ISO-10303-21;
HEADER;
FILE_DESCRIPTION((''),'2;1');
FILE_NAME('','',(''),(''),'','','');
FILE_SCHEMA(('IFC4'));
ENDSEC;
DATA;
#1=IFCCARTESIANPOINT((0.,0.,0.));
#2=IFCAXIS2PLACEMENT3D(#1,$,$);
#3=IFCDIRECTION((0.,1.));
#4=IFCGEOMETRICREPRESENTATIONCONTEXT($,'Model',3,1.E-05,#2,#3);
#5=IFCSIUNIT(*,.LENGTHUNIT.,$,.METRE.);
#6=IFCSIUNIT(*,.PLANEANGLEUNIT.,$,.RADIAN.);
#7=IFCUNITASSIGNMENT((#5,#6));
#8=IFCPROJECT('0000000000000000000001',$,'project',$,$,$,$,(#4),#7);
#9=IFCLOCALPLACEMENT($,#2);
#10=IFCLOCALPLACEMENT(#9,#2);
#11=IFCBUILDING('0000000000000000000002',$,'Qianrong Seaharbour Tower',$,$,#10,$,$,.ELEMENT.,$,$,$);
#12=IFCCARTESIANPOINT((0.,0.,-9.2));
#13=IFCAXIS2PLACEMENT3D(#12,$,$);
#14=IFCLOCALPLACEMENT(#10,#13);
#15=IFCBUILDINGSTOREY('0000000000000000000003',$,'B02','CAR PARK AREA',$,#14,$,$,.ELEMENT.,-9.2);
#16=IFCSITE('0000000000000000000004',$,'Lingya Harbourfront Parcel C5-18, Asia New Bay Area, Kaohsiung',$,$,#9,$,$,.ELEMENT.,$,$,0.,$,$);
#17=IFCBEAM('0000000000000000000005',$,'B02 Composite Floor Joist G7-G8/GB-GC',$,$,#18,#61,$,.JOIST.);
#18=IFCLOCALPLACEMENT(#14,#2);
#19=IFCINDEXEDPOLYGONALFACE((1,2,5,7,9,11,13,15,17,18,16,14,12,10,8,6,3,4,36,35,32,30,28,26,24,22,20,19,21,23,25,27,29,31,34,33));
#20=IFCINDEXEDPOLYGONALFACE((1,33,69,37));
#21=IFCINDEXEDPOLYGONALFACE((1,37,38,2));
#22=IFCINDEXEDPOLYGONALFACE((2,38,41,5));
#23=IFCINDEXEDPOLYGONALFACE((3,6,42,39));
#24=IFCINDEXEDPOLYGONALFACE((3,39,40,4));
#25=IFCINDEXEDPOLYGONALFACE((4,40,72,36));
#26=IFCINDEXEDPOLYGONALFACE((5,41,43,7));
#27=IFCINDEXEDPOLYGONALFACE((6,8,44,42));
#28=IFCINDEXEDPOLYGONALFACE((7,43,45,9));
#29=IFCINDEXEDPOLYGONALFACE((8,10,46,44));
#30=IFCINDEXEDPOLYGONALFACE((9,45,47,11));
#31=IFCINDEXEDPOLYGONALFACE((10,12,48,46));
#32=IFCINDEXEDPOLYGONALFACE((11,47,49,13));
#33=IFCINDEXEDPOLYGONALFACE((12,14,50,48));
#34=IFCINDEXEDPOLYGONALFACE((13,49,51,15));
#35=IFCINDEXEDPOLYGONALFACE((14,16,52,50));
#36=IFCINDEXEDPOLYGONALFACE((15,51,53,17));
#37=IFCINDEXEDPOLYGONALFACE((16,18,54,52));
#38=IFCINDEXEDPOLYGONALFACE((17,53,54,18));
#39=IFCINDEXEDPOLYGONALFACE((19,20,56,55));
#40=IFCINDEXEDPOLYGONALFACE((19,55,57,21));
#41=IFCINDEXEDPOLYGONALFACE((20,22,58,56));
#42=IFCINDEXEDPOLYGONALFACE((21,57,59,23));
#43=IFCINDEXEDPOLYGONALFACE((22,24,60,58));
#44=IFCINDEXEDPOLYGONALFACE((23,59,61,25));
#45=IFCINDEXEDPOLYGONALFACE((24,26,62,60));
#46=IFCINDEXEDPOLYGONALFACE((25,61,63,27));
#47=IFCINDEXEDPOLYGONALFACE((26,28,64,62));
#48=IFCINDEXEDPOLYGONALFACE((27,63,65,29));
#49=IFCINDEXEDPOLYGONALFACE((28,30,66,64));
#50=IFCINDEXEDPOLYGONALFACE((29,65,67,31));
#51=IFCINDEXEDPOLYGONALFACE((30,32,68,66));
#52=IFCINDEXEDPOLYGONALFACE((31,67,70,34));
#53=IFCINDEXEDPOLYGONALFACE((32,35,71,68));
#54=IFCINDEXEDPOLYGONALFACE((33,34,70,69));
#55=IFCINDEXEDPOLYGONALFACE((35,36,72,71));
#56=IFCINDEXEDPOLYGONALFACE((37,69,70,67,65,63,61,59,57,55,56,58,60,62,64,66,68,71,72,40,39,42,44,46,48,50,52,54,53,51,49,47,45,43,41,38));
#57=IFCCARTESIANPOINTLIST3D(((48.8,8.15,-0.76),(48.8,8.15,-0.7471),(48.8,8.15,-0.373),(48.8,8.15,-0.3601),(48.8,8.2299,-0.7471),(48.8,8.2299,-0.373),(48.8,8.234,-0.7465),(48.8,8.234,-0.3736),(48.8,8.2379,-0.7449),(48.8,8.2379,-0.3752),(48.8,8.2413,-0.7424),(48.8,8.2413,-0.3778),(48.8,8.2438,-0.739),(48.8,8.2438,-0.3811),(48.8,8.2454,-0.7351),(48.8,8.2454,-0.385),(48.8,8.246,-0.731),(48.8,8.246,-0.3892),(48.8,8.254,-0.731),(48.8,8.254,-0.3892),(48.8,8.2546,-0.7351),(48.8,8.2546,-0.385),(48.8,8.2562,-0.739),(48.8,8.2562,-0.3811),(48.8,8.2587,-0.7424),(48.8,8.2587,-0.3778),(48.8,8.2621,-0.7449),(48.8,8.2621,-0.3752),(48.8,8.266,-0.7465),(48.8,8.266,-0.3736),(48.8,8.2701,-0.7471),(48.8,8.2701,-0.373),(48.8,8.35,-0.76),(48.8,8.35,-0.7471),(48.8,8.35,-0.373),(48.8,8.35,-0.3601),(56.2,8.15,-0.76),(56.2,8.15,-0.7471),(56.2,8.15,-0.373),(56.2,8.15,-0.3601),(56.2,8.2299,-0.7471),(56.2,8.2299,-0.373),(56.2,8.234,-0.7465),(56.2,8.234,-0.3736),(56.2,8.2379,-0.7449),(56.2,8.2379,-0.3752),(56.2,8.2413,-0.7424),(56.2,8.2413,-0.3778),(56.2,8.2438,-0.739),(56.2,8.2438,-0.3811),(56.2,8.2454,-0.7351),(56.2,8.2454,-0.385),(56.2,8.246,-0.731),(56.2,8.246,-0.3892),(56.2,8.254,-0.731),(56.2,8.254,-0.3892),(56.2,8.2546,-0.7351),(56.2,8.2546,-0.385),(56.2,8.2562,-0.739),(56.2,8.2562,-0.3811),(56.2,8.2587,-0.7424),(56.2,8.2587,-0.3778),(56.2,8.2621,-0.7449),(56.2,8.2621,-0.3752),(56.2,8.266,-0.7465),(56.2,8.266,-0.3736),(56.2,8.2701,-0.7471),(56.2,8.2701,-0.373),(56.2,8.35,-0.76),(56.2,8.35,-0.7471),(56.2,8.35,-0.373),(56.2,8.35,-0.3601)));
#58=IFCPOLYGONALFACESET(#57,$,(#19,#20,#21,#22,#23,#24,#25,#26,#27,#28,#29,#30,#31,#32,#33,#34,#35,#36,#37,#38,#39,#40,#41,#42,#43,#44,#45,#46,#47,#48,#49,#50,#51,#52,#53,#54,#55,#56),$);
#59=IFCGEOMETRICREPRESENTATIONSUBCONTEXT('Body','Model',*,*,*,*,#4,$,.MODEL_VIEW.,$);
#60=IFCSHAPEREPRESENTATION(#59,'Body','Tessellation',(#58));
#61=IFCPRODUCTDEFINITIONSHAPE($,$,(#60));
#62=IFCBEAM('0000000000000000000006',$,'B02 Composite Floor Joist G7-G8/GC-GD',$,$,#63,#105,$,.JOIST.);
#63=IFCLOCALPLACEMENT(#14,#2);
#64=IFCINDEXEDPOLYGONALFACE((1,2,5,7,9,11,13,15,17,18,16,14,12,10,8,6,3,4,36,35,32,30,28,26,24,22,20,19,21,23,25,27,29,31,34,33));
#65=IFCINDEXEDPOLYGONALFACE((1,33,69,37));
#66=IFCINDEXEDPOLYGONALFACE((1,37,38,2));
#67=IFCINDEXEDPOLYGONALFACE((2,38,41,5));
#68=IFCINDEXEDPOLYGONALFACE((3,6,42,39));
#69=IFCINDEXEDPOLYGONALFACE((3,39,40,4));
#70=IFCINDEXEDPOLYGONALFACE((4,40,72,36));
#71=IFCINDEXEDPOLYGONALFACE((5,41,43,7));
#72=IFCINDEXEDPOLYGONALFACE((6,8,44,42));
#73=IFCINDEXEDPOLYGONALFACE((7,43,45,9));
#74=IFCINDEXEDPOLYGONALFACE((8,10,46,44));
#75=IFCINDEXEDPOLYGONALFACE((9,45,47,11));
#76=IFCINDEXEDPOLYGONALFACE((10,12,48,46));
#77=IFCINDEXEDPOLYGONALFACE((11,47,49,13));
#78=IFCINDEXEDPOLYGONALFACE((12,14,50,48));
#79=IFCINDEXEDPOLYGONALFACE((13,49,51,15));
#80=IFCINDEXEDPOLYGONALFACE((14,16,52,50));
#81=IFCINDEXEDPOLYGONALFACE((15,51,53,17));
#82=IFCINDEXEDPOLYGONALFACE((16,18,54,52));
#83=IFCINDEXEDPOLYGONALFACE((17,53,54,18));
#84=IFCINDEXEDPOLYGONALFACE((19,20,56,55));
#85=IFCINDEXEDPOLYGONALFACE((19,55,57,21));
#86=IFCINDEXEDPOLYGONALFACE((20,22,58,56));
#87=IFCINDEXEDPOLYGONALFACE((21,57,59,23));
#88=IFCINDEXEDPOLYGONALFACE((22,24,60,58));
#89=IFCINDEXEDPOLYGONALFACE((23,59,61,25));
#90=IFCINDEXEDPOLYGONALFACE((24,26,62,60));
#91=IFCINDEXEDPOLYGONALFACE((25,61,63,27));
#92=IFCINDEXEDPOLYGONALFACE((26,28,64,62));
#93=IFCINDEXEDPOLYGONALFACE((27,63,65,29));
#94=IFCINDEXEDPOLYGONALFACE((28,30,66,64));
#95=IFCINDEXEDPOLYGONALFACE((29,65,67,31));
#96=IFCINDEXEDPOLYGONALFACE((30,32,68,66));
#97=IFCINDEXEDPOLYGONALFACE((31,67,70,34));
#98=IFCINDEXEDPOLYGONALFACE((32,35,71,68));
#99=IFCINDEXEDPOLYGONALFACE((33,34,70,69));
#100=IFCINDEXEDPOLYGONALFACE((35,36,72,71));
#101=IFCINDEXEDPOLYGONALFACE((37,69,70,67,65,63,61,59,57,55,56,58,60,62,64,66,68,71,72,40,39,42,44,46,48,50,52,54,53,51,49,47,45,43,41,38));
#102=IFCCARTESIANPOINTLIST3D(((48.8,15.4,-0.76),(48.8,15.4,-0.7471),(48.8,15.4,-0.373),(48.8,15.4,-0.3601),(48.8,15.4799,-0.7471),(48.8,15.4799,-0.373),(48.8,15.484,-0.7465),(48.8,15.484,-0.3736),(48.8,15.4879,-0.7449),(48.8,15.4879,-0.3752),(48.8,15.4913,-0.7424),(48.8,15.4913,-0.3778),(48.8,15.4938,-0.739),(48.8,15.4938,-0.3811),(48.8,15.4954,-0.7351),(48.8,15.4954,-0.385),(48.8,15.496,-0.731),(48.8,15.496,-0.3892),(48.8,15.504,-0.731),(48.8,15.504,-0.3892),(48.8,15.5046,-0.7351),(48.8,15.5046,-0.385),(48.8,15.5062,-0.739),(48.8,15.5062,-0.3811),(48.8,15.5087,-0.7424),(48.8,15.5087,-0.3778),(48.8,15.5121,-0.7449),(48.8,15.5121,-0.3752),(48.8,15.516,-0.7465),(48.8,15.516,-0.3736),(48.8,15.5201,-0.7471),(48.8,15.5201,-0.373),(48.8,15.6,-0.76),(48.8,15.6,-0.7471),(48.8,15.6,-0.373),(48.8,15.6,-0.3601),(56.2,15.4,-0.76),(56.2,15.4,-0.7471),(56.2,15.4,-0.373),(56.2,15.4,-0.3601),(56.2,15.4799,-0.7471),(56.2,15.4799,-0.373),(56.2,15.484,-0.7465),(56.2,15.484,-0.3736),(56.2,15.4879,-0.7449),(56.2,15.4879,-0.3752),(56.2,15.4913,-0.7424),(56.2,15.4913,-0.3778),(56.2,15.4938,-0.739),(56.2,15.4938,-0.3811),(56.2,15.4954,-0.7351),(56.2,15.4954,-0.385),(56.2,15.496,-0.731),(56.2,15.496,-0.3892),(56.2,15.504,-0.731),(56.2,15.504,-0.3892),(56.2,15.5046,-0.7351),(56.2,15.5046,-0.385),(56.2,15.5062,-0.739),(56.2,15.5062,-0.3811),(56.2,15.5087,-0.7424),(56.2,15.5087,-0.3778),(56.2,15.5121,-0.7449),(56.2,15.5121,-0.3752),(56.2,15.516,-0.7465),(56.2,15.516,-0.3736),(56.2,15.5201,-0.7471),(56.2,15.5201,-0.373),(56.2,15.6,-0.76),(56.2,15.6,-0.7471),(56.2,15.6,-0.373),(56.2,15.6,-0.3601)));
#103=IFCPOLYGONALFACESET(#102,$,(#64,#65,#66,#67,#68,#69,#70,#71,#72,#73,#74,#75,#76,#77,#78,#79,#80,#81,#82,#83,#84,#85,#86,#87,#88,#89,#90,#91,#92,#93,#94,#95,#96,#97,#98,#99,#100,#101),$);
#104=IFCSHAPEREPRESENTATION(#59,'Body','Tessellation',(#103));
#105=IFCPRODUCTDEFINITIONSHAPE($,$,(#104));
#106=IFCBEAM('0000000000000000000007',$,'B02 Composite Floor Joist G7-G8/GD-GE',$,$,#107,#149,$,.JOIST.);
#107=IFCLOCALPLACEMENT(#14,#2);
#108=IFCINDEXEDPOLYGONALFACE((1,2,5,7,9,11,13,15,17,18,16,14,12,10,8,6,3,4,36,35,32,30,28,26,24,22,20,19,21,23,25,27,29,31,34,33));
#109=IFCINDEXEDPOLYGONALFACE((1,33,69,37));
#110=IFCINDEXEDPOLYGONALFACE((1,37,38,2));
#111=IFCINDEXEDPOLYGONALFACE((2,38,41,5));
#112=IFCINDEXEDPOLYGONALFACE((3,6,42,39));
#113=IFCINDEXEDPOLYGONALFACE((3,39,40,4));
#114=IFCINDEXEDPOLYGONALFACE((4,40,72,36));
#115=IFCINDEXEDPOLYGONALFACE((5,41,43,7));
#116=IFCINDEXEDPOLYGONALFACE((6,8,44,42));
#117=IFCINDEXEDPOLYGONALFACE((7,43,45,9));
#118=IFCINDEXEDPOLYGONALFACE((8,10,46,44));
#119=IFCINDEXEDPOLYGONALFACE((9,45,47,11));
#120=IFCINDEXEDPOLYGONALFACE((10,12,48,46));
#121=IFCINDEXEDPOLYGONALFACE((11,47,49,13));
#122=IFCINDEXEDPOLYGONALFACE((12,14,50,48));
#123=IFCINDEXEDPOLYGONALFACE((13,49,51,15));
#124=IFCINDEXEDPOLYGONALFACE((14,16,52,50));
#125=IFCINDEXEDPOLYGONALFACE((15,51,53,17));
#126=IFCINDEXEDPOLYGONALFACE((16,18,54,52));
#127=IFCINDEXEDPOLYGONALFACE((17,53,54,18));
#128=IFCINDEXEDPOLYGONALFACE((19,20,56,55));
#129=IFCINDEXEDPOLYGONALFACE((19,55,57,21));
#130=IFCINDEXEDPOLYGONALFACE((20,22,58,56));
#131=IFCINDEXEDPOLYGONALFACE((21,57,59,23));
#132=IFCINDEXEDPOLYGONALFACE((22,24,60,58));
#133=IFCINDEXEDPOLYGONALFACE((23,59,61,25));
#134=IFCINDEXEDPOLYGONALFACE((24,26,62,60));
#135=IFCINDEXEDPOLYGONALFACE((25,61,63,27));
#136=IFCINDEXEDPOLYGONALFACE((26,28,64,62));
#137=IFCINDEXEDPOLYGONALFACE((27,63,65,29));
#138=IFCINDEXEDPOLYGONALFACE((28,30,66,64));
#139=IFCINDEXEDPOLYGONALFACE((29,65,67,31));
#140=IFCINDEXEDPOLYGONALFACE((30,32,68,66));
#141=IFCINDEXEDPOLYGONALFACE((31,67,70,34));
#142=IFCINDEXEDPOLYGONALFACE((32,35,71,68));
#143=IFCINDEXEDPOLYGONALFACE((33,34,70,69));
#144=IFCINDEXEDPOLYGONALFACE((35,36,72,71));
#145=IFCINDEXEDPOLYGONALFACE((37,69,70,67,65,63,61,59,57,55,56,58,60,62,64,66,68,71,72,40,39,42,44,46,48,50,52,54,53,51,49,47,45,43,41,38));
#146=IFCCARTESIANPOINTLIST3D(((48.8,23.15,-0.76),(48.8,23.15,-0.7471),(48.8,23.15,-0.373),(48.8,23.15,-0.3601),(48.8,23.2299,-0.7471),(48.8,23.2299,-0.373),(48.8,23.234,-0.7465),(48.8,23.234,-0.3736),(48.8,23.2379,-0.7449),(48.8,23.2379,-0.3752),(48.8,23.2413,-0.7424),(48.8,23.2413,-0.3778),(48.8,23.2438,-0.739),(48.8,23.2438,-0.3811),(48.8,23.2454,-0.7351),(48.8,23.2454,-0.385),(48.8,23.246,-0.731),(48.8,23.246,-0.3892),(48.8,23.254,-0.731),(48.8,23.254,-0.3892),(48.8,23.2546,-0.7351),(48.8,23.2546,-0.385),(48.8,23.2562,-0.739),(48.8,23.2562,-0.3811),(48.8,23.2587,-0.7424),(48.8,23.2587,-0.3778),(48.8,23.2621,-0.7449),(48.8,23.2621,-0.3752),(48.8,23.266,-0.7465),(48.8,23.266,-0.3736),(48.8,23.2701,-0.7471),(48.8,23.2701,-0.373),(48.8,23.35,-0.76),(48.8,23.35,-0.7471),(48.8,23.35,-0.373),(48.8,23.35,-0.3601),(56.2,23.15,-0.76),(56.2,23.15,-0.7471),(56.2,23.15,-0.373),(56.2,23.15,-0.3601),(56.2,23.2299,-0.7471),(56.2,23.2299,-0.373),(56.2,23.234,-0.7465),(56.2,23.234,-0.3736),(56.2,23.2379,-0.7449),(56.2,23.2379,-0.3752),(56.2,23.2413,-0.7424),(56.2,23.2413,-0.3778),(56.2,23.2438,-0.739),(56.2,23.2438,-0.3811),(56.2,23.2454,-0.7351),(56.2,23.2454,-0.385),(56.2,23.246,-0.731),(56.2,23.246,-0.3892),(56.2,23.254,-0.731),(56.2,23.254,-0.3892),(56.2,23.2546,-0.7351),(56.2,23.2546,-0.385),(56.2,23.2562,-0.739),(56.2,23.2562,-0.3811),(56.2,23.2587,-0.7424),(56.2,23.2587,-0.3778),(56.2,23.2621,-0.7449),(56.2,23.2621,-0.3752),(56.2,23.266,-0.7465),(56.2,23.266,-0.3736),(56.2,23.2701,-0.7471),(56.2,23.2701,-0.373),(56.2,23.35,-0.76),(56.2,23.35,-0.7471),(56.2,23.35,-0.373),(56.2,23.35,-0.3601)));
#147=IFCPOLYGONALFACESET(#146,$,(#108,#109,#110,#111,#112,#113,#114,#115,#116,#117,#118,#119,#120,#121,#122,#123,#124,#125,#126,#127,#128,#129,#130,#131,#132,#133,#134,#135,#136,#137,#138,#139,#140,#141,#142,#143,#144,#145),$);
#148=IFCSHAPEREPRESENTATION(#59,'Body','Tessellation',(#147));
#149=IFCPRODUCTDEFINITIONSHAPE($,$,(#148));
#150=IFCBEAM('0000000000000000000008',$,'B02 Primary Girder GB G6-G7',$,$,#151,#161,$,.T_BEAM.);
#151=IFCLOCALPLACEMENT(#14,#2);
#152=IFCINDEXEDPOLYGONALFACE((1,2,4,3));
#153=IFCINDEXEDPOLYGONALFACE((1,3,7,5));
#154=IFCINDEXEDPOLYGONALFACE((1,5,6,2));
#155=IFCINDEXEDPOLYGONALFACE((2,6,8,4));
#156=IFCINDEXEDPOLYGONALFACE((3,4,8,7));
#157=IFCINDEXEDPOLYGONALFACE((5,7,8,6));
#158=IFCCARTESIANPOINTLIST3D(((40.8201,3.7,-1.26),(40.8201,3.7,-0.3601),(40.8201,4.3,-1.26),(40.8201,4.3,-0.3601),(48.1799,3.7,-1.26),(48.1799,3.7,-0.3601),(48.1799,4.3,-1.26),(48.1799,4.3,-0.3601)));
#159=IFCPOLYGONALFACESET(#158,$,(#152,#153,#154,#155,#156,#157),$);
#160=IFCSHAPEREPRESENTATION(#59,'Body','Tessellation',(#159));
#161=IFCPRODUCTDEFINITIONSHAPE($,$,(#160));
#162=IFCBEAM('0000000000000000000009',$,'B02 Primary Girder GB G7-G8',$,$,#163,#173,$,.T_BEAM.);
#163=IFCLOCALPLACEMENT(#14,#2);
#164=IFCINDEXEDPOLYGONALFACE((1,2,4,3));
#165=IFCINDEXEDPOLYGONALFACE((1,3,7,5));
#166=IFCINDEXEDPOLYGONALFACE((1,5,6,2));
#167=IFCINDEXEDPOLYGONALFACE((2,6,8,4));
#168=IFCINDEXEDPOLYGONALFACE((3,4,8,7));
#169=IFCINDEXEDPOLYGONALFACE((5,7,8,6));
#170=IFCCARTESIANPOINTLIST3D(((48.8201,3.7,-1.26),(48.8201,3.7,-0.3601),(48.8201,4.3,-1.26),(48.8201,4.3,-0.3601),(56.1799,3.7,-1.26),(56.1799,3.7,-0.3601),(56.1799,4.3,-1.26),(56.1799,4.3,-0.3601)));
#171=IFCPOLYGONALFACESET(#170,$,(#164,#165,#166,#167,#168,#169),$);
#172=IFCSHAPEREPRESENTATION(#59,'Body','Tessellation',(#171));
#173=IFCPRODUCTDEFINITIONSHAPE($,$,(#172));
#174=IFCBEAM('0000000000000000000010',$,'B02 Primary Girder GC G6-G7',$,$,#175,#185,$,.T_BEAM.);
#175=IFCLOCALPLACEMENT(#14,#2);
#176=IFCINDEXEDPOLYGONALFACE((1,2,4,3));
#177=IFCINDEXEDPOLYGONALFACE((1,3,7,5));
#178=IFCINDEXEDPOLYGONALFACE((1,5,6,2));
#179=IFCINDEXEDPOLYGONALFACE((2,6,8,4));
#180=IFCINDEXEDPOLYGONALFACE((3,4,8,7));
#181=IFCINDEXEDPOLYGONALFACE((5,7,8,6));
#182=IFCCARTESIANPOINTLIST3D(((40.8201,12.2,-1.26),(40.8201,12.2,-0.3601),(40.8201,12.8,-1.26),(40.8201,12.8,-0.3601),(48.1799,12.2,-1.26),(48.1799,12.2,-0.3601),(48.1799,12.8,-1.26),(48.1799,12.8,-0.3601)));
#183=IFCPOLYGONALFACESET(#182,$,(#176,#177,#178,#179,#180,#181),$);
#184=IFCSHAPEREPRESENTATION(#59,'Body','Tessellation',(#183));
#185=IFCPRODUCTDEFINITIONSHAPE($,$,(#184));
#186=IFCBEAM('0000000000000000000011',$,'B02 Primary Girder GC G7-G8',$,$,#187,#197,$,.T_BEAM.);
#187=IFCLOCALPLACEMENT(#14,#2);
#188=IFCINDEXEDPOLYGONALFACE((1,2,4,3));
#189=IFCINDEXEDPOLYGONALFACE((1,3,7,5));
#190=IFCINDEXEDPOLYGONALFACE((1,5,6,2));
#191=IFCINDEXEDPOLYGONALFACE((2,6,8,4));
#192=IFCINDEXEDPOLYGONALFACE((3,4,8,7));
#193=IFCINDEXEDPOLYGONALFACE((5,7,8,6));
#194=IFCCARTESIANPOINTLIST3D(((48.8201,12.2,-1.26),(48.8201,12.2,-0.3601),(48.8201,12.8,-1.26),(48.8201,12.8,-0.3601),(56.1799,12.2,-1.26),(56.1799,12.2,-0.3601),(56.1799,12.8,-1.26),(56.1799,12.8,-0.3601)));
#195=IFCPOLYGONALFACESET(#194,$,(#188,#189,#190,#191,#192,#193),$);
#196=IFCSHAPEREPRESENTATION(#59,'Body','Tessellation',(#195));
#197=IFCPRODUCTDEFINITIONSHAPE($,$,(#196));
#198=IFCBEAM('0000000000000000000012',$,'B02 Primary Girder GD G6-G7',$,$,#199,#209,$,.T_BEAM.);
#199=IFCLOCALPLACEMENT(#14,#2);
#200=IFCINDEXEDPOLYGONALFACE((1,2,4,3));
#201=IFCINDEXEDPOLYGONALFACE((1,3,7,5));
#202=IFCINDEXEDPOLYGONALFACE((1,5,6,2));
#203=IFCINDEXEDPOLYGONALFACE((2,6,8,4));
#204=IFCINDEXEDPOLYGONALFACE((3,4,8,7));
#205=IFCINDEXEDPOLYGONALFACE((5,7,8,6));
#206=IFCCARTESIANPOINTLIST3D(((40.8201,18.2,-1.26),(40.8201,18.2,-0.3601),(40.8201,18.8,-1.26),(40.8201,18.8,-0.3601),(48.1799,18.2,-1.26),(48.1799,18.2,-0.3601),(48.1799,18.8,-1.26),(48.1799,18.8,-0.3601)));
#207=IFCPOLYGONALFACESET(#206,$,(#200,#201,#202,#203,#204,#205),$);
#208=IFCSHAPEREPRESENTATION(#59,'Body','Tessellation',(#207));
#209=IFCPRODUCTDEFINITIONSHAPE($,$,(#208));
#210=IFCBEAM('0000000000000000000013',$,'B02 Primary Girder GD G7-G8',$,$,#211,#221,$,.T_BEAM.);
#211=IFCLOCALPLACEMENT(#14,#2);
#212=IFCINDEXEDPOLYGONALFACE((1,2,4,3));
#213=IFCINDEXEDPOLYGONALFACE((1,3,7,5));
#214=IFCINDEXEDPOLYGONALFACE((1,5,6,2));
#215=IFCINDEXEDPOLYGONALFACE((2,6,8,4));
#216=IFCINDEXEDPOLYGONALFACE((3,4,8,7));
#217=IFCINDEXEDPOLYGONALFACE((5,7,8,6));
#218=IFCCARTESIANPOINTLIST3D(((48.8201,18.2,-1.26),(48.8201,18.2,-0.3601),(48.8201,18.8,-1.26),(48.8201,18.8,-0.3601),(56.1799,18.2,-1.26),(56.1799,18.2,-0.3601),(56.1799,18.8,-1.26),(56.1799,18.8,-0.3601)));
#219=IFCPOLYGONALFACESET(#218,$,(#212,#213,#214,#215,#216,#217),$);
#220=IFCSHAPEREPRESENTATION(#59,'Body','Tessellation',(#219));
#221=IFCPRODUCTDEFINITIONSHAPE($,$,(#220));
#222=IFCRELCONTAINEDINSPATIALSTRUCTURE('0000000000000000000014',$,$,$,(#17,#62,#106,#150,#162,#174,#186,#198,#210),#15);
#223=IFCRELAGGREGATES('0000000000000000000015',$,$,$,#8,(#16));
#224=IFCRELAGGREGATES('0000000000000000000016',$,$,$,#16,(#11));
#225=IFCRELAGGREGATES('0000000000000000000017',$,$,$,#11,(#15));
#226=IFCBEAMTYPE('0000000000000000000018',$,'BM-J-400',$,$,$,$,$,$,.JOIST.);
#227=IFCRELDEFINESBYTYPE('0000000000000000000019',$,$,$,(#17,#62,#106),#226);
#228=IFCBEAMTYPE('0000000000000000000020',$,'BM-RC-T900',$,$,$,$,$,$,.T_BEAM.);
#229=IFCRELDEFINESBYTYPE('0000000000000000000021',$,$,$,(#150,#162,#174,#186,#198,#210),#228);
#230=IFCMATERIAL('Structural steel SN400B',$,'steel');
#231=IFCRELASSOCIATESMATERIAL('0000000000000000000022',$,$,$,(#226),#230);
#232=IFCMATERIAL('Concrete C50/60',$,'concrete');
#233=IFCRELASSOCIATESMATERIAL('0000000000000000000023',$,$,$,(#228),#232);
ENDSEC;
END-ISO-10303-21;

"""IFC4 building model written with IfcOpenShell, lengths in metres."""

from ifc_helpers import new_model, si_unit, direction, frame, origin, origin_2d, place, context, subcontext, project, spatial, rectangle, i_section, extrude, material, material_profile, profile_set, type_object, element, save


model = new_model("IFC4")

# Units and contexts
model_context = context("Model", 3, precision=1e-05, world=origin(), true_north=direction((0.0, 1.0)))
body_context = subcontext(model_context, "Body", "Model", "MODEL_VIEW")
ifc_project = project(units=[si_unit("LENGTHUNIT", "METRE"), si_unit("PLANEANGLEUNIT", "RADIAN")], contexts=[model_context])

# Site, building, storey
site_placement = place(None, origin())
site = spatial("IfcSite", under=ifc_project, at=site_placement, Name="Lingya Harbourfront Parcel C5-18, Asia New Bay Area, Kaohsiung", CompositionType="ELEMENT", RefElevation=0.0)
building_placement = place(site_placement, origin())
building = spatial("IfcBuilding", under=site, at=building_placement, Name="Qianrong Seaharbour Tower", CompositionType="ELEMENT")
storey_placement = place(building_placement, frame((0.0, 0.0, -9.2)))
storey = spatial("IfcBuildingStorey", under=building, at=storey_placement, Name="B02", Description="CAR PARK AREA", CompositionType="ELEMENT", Elevation=-9.2)

# Beams
ifc_material_1 = material(Name="Structural steel SN400B", Category="steel")
ifc_material_profile_1 = material_profile(ifc_material_1, i_section(OverallWidth=0.2, OverallDepth=0.3999, WebThickness=0.0081, FlangeThickness=0.0129, FilletRadius=0.0161, at=origin_2d()), Name="H400x200x8x13")
ifc_profile_set_1 = profile_set([ifc_material_profile_1], Name="Structural steel SN400B")
beam_type_1 = type_object("IfcBeamType", Name="BM-J-400", PredefinedType="JOIST", material=ifc_profile_set_1)
for number, where, z_axis, x_axis, name in (
    (1, (48.8, 8.25, -0.5601), (1.0, 0.0, 0.0), (0.0, 1.0, 0.0), "B02 Composite Floor Joist G7-G8/GB-GC"),
    (2, (48.8, 15.5, -0.5601), (1.0, 0.0, 0.0), (0.0, 1.0, 0.0), "B02 Composite Floor Joist G7-G8/GC-GD"),
    (3, (48.8, 23.25, -0.5601), (1.0, 0.0, 0.0), (0.0, 1.0, 0.0), "B02 Composite Floor Joist G7-G8/GD-GE"),
):
    element("IfcBeam", number, at=place(storey_placement, frame(where, z_axis=z_axis, x_axis=x_axis)), inside=storey, type_object=beam_type_1, Name=name, PredefinedType="JOIST", context=body_context, shape_type="SweptSolid", body=[
        extrude(i_section(OverallWidth=0.2, OverallDepth=0.3999, WebThickness=0.0081, FlangeThickness=0.0129, FilletRadius=0.0161, at=origin_2d()), origin(), (0.0, 0.0, 1.0), 7.3999),
    ])
ifc_material_2 = material(Name="Concrete C50/60", Category="concrete")
ifc_material_profile_2 = material_profile(ifc_material_2, rectangle(XDim=0.6001, YDim=0.8999, at=origin_2d()), Name="RC600x900")
ifc_profile_set_2 = profile_set([ifc_material_profile_2], Name="Concrete C50/60")
beam_type_2 = type_object("IfcBeamType", Name="BM-RC-T900", PredefinedType="T_BEAM", material=ifc_profile_set_2)
for number, where, z_axis, x_axis, name in (
    (4, (40.8201, 4.0, -0.8101), (1.0, 0.0, 0.0), (0.0, 1.0, 0.0), "B02 Primary Girder GB G6-G7"),
    (5, (48.8201, 4.0, -0.8101), (1.0, 0.0, 0.0), (0.0, 1.0, 0.0), "B02 Primary Girder GB G7-G8"),
    (6, (40.8201, 12.5, -0.8101), (1.0, 0.0, 0.0), (0.0, 1.0, 0.0), "B02 Primary Girder GC G6-G7"),
    (7, (48.8201, 12.5, -0.8101), (1.0, 0.0, 0.0), (0.0, 1.0, 0.0), "B02 Primary Girder GC G7-G8"),
    (8, (40.8201, 18.5, -0.8101), (1.0, 0.0, 0.0), (0.0, 1.0, 0.0), "B02 Primary Girder GD G6-G7"),
    (9, (48.8201, 18.5, -0.8101), (1.0, 0.0, 0.0), (0.0, 1.0, 0.0), "B02 Primary Girder GD G7-G8"),
):
    element("IfcBeam", number, at=place(storey_placement, frame(where, z_axis=z_axis, x_axis=x_axis)), inside=storey, type_object=beam_type_2, Name=name, PredefinedType="T_BEAM", context=body_context, shape_type="SweptSolid", body=[
        extrude(rectangle(XDim=0.6001, YDim=0.8999, at=origin_2d()), origin(), (0.0, 0.0, 1.0), 7.3599),
    ])

save(model, "model.ifc")
